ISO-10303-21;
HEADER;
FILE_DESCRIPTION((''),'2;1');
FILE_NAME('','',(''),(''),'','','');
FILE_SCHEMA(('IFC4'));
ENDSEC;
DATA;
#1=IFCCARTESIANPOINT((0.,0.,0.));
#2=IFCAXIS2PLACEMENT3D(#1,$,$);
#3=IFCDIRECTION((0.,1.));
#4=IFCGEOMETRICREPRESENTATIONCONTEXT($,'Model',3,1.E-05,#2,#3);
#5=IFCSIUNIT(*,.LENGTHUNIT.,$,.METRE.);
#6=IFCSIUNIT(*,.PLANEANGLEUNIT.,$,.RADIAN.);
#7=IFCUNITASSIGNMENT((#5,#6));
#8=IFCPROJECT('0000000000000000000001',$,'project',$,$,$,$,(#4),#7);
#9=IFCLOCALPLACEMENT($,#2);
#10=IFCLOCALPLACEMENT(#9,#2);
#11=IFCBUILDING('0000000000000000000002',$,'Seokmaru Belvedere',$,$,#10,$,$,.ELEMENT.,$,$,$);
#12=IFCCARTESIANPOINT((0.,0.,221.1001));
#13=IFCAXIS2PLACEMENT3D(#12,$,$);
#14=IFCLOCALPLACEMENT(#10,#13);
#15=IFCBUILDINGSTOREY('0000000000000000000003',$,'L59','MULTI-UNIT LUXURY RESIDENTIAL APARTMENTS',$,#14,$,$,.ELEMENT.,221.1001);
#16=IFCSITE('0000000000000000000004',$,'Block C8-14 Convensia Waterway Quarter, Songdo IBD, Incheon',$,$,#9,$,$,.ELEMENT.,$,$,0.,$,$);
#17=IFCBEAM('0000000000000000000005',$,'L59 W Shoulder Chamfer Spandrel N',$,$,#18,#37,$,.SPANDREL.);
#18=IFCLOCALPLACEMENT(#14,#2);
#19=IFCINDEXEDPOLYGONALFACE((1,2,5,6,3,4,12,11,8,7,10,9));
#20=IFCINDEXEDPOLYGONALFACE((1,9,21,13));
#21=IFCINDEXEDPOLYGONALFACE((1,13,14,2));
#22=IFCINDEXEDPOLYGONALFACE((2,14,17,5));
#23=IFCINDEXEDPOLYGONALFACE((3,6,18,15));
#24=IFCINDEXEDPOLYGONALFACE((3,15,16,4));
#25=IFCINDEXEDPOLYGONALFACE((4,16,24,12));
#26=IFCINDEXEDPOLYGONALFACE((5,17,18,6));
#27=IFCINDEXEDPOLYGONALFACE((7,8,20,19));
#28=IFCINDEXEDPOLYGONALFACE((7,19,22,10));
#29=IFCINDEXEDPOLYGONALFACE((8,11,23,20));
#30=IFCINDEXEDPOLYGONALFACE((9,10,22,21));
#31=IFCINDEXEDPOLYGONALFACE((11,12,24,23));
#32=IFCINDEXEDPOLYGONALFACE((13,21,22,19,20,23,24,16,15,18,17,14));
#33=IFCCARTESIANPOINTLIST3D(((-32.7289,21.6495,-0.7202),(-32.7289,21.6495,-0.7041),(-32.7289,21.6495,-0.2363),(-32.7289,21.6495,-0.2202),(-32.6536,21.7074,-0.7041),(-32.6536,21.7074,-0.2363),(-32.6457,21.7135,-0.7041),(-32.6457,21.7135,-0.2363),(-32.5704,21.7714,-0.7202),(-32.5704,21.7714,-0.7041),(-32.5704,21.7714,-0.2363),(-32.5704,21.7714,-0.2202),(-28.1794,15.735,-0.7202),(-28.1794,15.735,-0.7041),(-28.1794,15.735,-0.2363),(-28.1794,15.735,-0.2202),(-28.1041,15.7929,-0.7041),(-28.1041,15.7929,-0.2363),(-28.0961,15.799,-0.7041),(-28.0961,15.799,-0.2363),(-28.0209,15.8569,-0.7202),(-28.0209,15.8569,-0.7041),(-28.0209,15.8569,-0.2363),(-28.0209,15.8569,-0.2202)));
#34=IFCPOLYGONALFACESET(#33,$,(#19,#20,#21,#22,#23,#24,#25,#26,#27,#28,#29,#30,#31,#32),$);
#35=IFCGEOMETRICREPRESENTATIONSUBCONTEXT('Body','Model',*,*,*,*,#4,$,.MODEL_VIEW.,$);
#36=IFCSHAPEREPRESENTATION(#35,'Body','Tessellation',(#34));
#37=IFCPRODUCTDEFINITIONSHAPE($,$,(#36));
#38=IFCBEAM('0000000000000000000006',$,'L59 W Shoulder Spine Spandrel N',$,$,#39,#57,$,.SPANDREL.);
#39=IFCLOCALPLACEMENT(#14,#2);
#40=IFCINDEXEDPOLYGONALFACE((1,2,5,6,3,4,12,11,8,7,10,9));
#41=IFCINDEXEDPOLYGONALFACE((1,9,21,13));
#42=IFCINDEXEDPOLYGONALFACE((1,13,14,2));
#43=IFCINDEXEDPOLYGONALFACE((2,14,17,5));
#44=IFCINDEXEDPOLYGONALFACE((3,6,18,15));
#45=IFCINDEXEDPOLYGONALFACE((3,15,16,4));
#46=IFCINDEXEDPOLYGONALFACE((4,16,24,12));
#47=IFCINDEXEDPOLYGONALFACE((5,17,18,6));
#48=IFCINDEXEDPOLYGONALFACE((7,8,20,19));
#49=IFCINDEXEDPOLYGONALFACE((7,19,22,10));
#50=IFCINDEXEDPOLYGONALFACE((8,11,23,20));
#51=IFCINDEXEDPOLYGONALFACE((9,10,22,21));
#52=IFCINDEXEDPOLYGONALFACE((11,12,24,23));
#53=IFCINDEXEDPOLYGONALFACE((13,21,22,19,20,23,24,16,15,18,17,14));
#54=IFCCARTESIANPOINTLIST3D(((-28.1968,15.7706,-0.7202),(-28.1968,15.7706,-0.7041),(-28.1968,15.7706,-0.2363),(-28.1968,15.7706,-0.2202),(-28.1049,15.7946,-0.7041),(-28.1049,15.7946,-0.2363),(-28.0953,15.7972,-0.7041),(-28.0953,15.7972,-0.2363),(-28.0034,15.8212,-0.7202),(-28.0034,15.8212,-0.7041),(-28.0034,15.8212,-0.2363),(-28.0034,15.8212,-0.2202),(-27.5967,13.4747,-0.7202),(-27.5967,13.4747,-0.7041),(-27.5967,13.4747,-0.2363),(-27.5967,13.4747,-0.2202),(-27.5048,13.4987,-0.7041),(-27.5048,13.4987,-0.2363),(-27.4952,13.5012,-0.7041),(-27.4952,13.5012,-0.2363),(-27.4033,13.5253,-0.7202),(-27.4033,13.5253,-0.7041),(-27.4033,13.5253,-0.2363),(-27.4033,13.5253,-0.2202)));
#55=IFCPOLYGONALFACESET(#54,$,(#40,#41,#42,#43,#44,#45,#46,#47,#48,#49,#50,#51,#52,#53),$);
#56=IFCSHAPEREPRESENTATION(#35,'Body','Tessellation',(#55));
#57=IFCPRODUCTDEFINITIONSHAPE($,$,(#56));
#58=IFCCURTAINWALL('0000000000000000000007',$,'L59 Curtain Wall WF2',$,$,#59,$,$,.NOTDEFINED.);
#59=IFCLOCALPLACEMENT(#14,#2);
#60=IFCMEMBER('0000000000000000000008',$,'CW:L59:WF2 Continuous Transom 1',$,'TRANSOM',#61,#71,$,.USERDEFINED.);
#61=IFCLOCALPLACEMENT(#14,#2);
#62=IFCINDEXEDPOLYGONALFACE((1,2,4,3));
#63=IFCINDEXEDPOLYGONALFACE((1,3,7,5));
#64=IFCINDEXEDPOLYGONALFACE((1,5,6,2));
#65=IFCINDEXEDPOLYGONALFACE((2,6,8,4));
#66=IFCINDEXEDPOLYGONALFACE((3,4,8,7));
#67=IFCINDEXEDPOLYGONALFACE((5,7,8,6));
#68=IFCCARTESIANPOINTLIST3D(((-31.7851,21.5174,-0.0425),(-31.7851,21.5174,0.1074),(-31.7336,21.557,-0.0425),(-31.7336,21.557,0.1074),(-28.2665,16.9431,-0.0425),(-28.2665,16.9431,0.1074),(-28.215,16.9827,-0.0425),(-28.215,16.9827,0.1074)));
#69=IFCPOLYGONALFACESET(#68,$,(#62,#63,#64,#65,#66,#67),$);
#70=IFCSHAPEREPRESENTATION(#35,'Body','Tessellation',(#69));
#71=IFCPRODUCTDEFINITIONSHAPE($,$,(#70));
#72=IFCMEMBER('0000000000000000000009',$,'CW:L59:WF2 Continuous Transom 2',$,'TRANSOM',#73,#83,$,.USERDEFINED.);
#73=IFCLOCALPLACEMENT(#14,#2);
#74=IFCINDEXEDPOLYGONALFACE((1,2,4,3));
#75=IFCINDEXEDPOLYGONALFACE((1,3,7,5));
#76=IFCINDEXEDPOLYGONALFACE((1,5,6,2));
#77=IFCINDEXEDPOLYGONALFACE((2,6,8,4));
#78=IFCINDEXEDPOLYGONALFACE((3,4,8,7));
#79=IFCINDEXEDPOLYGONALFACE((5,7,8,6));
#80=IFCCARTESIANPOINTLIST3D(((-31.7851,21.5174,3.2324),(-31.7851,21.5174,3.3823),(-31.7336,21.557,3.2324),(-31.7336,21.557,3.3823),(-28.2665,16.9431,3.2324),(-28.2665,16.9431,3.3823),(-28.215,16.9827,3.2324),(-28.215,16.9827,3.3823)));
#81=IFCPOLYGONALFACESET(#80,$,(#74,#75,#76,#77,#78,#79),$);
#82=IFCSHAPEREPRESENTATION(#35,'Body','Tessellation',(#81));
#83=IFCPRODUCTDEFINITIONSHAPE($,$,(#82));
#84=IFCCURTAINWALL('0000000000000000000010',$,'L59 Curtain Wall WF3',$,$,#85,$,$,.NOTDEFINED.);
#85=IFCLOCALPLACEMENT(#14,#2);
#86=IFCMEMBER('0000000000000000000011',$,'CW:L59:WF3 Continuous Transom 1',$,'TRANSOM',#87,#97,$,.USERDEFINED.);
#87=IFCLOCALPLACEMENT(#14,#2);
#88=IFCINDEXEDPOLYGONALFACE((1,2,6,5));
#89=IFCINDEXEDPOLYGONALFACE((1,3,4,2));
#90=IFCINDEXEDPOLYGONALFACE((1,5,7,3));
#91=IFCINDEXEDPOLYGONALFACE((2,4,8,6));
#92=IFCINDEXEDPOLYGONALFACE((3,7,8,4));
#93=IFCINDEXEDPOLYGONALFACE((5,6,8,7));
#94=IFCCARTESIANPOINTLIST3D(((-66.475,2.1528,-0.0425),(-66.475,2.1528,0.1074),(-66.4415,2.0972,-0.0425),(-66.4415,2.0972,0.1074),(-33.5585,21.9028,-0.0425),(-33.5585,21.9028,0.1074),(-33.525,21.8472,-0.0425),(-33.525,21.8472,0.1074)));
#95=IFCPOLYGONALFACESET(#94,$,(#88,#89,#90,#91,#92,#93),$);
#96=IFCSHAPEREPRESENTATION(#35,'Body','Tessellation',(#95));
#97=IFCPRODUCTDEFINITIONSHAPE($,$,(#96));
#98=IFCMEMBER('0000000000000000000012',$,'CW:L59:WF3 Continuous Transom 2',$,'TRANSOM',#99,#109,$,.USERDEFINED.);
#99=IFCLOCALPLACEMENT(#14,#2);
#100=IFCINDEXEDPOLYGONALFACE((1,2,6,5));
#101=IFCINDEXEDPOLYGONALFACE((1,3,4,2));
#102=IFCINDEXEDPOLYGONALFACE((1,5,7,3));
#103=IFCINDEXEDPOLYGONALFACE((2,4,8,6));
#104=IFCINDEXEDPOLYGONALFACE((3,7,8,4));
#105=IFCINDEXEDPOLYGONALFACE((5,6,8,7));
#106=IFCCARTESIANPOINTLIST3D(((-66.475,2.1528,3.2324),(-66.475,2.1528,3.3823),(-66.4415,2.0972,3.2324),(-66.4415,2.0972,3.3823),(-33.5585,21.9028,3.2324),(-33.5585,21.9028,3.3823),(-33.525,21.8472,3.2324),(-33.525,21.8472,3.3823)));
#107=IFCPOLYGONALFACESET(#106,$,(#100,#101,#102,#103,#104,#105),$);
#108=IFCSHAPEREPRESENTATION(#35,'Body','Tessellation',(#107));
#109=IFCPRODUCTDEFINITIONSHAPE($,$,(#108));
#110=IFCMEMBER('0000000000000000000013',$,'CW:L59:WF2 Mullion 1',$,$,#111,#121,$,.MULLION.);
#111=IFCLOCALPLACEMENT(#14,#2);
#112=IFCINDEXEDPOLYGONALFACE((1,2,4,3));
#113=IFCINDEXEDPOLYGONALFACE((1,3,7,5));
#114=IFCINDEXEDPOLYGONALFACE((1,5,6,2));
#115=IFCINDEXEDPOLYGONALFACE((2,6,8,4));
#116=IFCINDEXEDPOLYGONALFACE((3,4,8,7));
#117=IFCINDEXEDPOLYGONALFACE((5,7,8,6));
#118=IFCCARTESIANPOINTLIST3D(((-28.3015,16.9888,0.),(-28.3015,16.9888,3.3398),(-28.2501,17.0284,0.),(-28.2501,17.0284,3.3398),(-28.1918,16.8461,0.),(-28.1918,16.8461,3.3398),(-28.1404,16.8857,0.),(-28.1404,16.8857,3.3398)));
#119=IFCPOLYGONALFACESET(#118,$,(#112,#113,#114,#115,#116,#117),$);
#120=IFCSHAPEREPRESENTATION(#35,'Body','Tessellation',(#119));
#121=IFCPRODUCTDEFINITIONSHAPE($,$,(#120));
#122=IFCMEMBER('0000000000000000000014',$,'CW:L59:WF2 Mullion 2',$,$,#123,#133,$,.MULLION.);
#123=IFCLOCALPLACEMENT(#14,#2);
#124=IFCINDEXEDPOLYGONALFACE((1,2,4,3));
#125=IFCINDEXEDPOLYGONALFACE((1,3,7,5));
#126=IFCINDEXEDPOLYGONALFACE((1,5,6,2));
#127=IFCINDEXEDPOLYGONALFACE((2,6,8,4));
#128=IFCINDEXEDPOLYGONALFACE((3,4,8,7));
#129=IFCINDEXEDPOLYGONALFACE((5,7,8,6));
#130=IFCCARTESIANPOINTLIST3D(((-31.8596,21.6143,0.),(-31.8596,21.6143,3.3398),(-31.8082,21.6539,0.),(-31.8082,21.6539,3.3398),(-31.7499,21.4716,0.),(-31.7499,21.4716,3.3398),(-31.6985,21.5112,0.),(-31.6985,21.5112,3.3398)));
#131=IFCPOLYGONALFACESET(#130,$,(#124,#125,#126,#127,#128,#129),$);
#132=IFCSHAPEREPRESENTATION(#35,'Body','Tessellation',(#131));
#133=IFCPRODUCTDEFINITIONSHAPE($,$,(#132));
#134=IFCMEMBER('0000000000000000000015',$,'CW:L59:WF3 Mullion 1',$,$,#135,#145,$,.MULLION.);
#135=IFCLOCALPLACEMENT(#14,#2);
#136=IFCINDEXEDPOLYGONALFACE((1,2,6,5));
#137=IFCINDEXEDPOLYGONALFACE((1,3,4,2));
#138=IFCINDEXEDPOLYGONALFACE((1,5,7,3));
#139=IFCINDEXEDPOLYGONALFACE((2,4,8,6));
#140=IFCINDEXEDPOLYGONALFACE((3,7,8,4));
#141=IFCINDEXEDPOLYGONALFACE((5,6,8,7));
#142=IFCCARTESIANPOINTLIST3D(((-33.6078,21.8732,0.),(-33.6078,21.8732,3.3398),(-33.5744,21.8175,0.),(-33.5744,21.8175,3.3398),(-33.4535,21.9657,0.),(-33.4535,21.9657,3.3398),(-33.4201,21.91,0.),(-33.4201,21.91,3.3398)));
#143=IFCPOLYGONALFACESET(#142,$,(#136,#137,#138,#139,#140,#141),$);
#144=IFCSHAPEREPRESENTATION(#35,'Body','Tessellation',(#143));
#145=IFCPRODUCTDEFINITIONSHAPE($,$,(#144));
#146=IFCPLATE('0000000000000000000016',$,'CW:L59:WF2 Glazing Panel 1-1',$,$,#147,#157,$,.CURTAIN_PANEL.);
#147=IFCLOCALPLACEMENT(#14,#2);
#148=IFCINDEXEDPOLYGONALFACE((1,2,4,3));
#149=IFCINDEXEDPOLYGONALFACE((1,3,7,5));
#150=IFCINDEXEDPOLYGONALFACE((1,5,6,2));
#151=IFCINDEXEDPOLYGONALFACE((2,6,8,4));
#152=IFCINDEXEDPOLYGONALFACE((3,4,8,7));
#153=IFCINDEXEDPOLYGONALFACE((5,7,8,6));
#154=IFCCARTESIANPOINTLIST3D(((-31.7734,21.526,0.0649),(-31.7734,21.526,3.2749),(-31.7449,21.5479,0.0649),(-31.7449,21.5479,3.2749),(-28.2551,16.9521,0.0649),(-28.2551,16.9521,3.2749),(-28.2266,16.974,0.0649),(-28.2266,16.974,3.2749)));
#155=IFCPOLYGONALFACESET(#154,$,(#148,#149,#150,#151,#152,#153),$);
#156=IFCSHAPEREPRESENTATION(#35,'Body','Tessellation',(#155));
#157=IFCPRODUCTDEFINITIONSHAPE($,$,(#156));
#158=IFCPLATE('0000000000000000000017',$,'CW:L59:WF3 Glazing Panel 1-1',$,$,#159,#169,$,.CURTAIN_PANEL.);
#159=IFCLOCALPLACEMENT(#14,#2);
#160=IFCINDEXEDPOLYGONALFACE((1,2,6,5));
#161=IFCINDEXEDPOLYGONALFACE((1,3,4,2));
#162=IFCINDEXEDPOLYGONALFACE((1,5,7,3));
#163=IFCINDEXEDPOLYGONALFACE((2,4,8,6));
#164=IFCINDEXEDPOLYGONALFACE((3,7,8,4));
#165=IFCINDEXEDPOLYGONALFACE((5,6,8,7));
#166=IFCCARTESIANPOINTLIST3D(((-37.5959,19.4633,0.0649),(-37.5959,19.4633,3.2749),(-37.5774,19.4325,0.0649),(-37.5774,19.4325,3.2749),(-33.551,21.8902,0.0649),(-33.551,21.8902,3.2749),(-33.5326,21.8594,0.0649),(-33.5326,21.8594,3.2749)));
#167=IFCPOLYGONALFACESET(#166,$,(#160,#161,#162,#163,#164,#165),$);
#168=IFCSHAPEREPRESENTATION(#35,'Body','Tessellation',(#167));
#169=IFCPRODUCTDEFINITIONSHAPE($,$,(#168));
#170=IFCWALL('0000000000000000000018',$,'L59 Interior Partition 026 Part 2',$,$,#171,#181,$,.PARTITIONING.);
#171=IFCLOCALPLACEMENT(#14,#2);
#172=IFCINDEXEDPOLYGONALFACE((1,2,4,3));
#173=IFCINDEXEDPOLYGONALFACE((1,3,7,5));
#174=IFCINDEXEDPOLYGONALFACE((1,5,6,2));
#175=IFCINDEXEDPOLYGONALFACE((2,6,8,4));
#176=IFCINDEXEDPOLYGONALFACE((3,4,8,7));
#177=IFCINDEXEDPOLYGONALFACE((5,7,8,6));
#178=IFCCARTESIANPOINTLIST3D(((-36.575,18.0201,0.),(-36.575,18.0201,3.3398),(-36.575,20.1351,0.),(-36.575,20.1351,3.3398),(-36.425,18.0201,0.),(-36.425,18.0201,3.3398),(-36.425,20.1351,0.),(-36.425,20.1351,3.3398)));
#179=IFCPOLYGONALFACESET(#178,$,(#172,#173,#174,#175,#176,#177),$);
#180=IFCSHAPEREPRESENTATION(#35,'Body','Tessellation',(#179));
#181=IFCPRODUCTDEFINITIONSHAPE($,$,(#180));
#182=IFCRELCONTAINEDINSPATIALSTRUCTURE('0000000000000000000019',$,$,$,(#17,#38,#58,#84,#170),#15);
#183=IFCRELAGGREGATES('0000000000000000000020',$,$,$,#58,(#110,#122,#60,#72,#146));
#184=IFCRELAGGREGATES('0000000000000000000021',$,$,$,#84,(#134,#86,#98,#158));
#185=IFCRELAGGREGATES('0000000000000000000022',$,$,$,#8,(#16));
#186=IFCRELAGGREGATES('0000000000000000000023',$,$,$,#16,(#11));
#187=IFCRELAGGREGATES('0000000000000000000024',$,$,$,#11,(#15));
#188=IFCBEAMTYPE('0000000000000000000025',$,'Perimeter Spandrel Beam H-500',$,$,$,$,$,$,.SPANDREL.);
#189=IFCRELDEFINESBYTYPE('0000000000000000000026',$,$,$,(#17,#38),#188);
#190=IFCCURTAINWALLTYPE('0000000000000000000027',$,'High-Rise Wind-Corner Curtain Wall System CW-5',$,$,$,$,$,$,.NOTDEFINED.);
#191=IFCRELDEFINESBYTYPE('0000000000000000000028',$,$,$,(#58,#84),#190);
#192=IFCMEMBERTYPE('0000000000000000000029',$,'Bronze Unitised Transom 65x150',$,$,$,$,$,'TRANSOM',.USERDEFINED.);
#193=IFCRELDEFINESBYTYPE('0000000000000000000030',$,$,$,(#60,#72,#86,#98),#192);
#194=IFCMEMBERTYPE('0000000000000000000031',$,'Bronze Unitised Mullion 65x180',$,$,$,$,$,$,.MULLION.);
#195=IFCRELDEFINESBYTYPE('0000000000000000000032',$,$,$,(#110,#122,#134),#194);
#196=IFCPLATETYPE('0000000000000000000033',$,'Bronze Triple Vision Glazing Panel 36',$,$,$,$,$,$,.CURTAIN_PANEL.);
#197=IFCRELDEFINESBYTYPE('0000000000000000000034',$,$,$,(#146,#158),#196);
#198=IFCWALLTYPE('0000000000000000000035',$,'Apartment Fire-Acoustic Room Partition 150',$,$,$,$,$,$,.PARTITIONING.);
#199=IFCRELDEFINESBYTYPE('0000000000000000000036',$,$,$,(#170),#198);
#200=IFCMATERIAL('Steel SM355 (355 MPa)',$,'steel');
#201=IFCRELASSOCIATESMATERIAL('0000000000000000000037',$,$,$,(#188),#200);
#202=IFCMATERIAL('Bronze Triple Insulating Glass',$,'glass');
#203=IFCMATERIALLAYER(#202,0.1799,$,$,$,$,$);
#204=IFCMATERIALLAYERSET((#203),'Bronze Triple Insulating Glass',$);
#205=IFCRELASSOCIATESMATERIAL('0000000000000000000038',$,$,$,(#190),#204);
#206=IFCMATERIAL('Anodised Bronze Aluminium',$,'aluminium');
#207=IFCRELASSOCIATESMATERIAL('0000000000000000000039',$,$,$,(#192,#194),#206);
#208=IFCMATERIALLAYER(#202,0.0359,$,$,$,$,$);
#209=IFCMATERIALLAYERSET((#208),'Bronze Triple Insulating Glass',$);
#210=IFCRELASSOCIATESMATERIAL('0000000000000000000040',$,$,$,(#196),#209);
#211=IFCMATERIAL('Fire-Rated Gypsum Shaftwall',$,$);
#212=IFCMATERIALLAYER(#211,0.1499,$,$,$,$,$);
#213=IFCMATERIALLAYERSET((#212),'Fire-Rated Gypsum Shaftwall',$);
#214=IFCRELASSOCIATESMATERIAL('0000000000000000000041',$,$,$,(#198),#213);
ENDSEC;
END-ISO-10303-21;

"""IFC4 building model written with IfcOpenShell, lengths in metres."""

from ifc_helpers import new_model, si_unit, direction, frame, frame_2d, origin, origin_2d, place, context, subcontext, project, spatial, rectangle, i_section, extrude, source, transform, mapped, material, layer, layer_set, material_profile, profile_set, type_object, type_shapes, element, aggregate, save


model = new_model("IFC4")

# Units and contexts
model_context = context("Model", 3, precision=1e-05, world=origin(), true_north=direction((0.0, 1.0)))
body_context = subcontext(model_context, "Body", "Model", "MODEL_VIEW")
ifc_project = project(units=[si_unit("LENGTHUNIT", "METRE"), si_unit("PLANEANGLEUNIT", "RADIAN")], contexts=[model_context])

# Site, building, storey
site_placement = place(None, origin())
site = spatial("IfcSite", under=ifc_project, at=site_placement, Name="Block C8-14 Convensia Waterway Quarter, Songdo IBD, Incheon", CompositionType="ELEMENT", RefElevation=0.0)
building_placement = place(site_placement, origin())
building = spatial("IfcBuilding", under=site, at=building_placement, Name="Seokmaru Belvedere", CompositionType="ELEMENT")
storey_placement = place(building_placement, frame((0.0, 0.0, 221.1001)))
storey = spatial("IfcBuildingStorey", under=building, at=storey_placement, Name="L59", Description="MULTI-UNIT LUXURY RESIDENTIAL APARTMENTS", CompositionType="ELEMENT", Elevation=221.1001)

# Shared definitions
ifc_material_1 = material(Name="Steel SM355 (355 MPa)", Category="steel")

# Beams
ifc_material_profile_1 = material_profile(ifc_material_1, i_section(OverallWidth=0.2, OverallDepth=0.5, WebThickness=0.01, FlangeThickness=0.0161, at=origin_2d()), Name="H-500x200x10x16")
ifc_profile_set_1 = profile_set([ifc_material_profile_1], Name="Steel SM355 (355 MPa)")
beam_type_1 = type_object("IfcBeamType", Name="Perimeter Spandrel Beam H-500", PredefinedType="SPANDREL", material=ifc_profile_set_1)
shared_shape_1 = source(origin(), body_context, "Body", "SweptSolid", [
    extrude(i_section(OverallWidth=0.2, OverallDepth=0.5, WebThickness=0.01, FlangeThickness=0.0161, at=origin_2d()), origin(), (0.0, 0.0, 1.0), 7.4619),
])
beam_1_placement = place(storey_placement, frame((-32.6497, 21.7104, -0.4702), z_axis=(0.609703, -0.79263, 0.0), x_axis=(0.79263, 0.609703, 0.0)))
element("IfcBeam", 1, at=beam_1_placement, inside=storey, type_object=beam_type_1, Name="L59 W Shoulder Chamfer Spandrel N", PredefinedType="SPANDREL", context=body_context, shape_type="MappedRepresentation", body=[
    mapped(shared_shape_1, transform((0.0, 0.0, 0.0), scale=1.0)),
])
shared_shape_2 = source(origin(), body_context, "Body", "SweptSolid", [
    extrude(i_section(OverallWidth=0.2, OverallDepth=0.5, WebThickness=0.01, FlangeThickness=0.0161, at=origin_2d()), origin(), (0.0, 0.0, 1.0), 2.373),
])
beam_2_placement = place(storey_placement, frame((-28.1001, 15.7959, -0.4702), z_axis=(0.252883, -0.967497, 0.0), x_axis=(0.967497, 0.252883, 0.0)))
element("IfcBeam", 2, at=beam_2_placement, inside=storey, type_object=beam_type_1, Name="L59 W Shoulder Spine Spandrel N", PredefinedType="SPANDREL", context=body_context, shape_type="MappedRepresentation", body=[
    mapped(shared_shape_2, transform((0.0, 0.0, 0.0), scale=1.0)),
])

# Curtain walls, members
ifc_material_2 = material(Name="Bronze Triple Insulating Glass", Category="glass")
ifc_layer_1 = layer(ifc_material_2, 0.1799)
ifc_layer_set_1 = layer_set([ifc_layer_1], Name="Bronze Triple Insulating Glass")
curtain_wall_type = type_object("IfcCurtainWallType", Name="High-Rise Wind-Corner Curtain Wall System CW-5", PredefinedType="NOTDEFINED", material=ifc_layer_set_1)
curtain_wall_1_placement = place(storey_placement, origin())
curtain_wall_1 = element("IfcCurtainWall", 3, at=curtain_wall_1_placement, inside=storey, type_object=curtain_wall_type, Name="L59 Curtain Wall WF2", PredefinedType="NOTDEFINED")
ifc_material_3 = material(Name="Anodised Bronze Aluminium", Category="aluminium")
ifc_material_profile_2 = material_profile(ifc_material_3, rectangle(XDim=0.0649, YDim=0.1499, at=origin_2d()), Name="CW-T-65x150")
ifc_profile_set_2 = profile_set([ifc_material_profile_2], Name="Anodised Bronze Aluminium")
member_type_1 = type_object("IfcMemberType", Name="Bronze Unitised Transom 65x150", ElementType="TRANSOM", PredefinedType="USERDEFINED", material=ifc_profile_set_2)
shared_shape_3 = source(origin(), body_context, "Body", "SweptSolid", [
    extrude(rectangle(XDim=0.0649, YDim=0.1499, at=origin_2d()), origin(), (0.0, 0.0, 1.0), 5.771),
])
member_1_placement = place(storey_placement, frame((-28.2407, 16.9629, 0.0325), z_axis=(-0.609703, 0.79263, 0.0), x_axis=(-0.79263, -0.609703, 0.0)))
member_1 = element("IfcMember", 4, at=member_1_placement, type_object=member_type_1, Name="CW:L59:WF2 Continuous Transom 1", ObjectType="TRANSOM", PredefinedType="USERDEFINED", context=body_context, shape_type="MappedRepresentation", body=[
    mapped(shared_shape_3, transform((0.0, 0.0, 0.0), scale=1.0)),
])
member_2_placement = place(storey_placement, frame((-28.2407, 16.9629, 3.3074), z_axis=(-0.609703, 0.79263, 0.0), x_axis=(-0.79263, -0.609703, 0.0)))
member_2 = element("IfcMember", 5, at=member_2_placement, type_object=member_type_1, Name="CW:L59:WF2 Continuous Transom 2", ObjectType="TRANSOM", PredefinedType="USERDEFINED", context=body_context, shape_type="MappedRepresentation", body=[
    mapped(shared_shape_3, transform((0.0, 0.0, 0.0), scale=1.0)),
])
curtain_wall_2_placement = place(storey_placement, origin())
curtain_wall_2 = element("IfcCurtainWall", 6, at=curtain_wall_2_placement, inside=storey, type_object=curtain_wall_type, Name="L59 Curtain Wall WF3", PredefinedType="NOTDEFINED")
shared_shape_4 = source(origin(), body_context, "Body", "SweptSolid", [
    extrude(rectangle(XDim=0.0649, YDim=0.1499, at=origin_2d()), origin(), (0.0, 0.0, 1.0), 38.387),
])
type_shapes(member_type_1, [shared_shape_3, shared_shape_4])
member_3_placement = place(storey_placement, frame((-33.5417, 21.875, 0.0325), z_axis=(-0.857492, -0.514498, 0.0), x_axis=(0.514498, -0.857492, 0.0)))
member_3 = element("IfcMember", 7, at=member_3_placement, type_object=member_type_1, Name="CW:L59:WF3 Continuous Transom 1", ObjectType="TRANSOM", PredefinedType="USERDEFINED", context=body_context, shape_type="MappedRepresentation", body=[
    mapped(shared_shape_4, transform((0.0, 0.0, 0.0), scale=1.0)),
])
member_4_placement = place(storey_placement, frame((-33.5417, 21.875, 3.3074), z_axis=(-0.857492, -0.514498, 0.0), x_axis=(0.514498, -0.857492, 0.0)))
member_4 = element("IfcMember", 8, at=member_4_placement, type_object=member_type_1, Name="CW:L59:WF3 Continuous Transom 2", ObjectType="TRANSOM", PredefinedType="USERDEFINED", context=body_context, shape_type="MappedRepresentation", body=[
    mapped(shared_shape_4, transform((0.0, 0.0, 0.0), scale=1.0)),
])

# Members
ifc_material_profile_3 = material_profile(ifc_material_3, rectangle(XDim=0.0649, YDim=0.1799, at=origin_2d()), Name="CW-M-65x180")
ifc_profile_set_3 = profile_set([ifc_material_profile_3], Name="Anodised Bronze Aluminium")
member_type_2 = type_object("IfcMemberType", Name="Bronze Unitised Mullion 65x180", PredefinedType="MULLION", material=ifc_profile_set_3)
shared_shape_5 = source(origin(), body_context, "Body", "SweptSolid", [
    extrude(rectangle(XDim=0.0649, YDim=0.1799, at=origin_2d()), origin(), (0.0, 0.0, 1.0), 3.3398),
])
type_shapes(member_type_2, [shared_shape_5])
member_5_placement = place(storey_placement, frame((-28.2209, 16.9373, 0.0), z_axis=(0.0, 0.0, 1.0), x_axis=(-0.792631, -0.609701, 0.0)))
member_5 = element("IfcMember", 9, at=member_5_placement, type_object=member_type_2, Name="CW:L59:WF2 Mullion 1", PredefinedType="MULLION", context=body_context, shape_type="MappedRepresentation", body=[
    mapped(shared_shape_5, transform((0.0, 0.0, 0.0), scale=1.0)),
])
member_6_placement = place(storey_placement, frame((-31.7791, 21.5627, 0.0), z_axis=(0.0, 0.0, 1.0), x_axis=(-0.792631, -0.609701, 0.0)))
member_6 = element("IfcMember", 10, at=member_6_placement, type_object=member_type_2, Name="CW:L59:WF2 Mullion 2", PredefinedType="MULLION", context=body_context, shape_type="MappedRepresentation", body=[
    mapped(shared_shape_5, transform((0.0, 0.0, 0.0), scale=1.0)),
])
member_7_placement = place(storey_placement, frame((-33.5139, 21.8916, 0.0), z_axis=(0.0, 0.0, 1.0), x_axis=(0.514495, -0.857493, 0.0)))
member_7 = element("IfcMember", 11, at=member_7_placement, type_object=member_type_2, Name="CW:L59:WF3 Mullion 1", PredefinedType="MULLION", context=body_context, shape_type="MappedRepresentation", body=[
    mapped(shared_shape_5, transform((0.0, 0.0, 0.0), scale=1.0)),
])

# Plates
ifc_layer_2 = layer(ifc_material_2, 0.0359)
ifc_layer_set_2 = layer_set([ifc_layer_2], Name="Bronze Triple Insulating Glass")
plate_type = type_object("IfcPlateType", Name="Bronze Triple Vision Glazing Panel 36", PredefinedType="CURTAIN_PANEL", material=ifc_layer_set_2)
shared_shape_6 = source(origin(), body_context, "Body", "SweptSolid", [
    extrude(rectangle(XDim=5.7705, YDim=0.0359, at=origin_2d()), origin(), (0.0, 0.0, 1.0), 3.21),
])
plate_1_placement = place(storey_placement, frame((-30.0, 19.25, 0.0649), z_axis=(0.0, 0.0, 1.0), x_axis=(-0.609701, 0.792631, 0.0)))
plate_1 = element("IfcPlate", 12, at=plate_1_placement, type_object=plate_type, Name="CW:L59:WF2 Glazing Panel 1-1", PredefinedType="CURTAIN_PANEL", context=body_context, shape_type="MappedRepresentation", body=[
    mapped(shared_shape_6, transform((0.0, 0.0, 0.0), scale=1.0)),
])
aggregate(curtain_wall_1, [member_5, member_6, member_1, member_2, plate_1])
shared_shape_7 = source(origin(), body_context, "Body", "SweptSolid", [
    extrude(rectangle(XDim=4.717, YDim=0.0359, at=origin_2d()), origin(), (0.0, 0.0, 1.0), 3.21),
])
type_shapes(plate_type, [shared_shape_6, shared_shape_7])
plate_2_placement = place(storey_placement, frame((-35.5642, 20.6614, 0.0649), z_axis=(0.0, 0.0, 1.0), x_axis=(-0.857493, -0.514495, 0.0)))
plate_2 = element("IfcPlate", 13, at=plate_2_placement, type_object=plate_type, Name="CW:L59:WF3 Glazing Panel 1-1", PredefinedType="CURTAIN_PANEL", context=body_context, shape_type="MappedRepresentation", body=[
    mapped(shared_shape_7, transform((0.0, 0.0, 0.0), scale=1.0)),
])
aggregate(curtain_wall_2, [member_7, member_3, member_4, plate_2])

# Shared definitions
ifc_material_4 = material(Name="Fire-Rated Gypsum Shaftwall")
ifc_layer_3 = layer(ifc_material_4, 0.1499)
ifc_layer_set_3 = layer_set([ifc_layer_3], Name="Fire-Rated Gypsum Shaftwall")
wall_type_1 = type_object("IfcWallType", Name="Apartment Fire-Acoustic Room Partition 150", PredefinedType="PARTITIONING", material=ifc_layer_set_3)

# Wall
wall_1_placement = place(storey_placement, frame((-36.5, 18.02, 0.0), z_axis=(0.0, 0.0, 1.0), x_axis=(0.0, 1.0, 0.0)))
element("IfcWall", 14, at=wall_1_placement, inside=storey, type_object=wall_type_1, Name="L59 Interior Partition 026 Part 2", PredefinedType="PARTITIONING", context=body_context, shape_type="SweptSolid", body=[
    extrude(rectangle(XDim=2.115, YDim=0.1499, at=frame_2d((1.0576, 0.0))), origin(), (0.0, 0.0, 1.0), 3.3398),
])

save(model, "model.ifc")
